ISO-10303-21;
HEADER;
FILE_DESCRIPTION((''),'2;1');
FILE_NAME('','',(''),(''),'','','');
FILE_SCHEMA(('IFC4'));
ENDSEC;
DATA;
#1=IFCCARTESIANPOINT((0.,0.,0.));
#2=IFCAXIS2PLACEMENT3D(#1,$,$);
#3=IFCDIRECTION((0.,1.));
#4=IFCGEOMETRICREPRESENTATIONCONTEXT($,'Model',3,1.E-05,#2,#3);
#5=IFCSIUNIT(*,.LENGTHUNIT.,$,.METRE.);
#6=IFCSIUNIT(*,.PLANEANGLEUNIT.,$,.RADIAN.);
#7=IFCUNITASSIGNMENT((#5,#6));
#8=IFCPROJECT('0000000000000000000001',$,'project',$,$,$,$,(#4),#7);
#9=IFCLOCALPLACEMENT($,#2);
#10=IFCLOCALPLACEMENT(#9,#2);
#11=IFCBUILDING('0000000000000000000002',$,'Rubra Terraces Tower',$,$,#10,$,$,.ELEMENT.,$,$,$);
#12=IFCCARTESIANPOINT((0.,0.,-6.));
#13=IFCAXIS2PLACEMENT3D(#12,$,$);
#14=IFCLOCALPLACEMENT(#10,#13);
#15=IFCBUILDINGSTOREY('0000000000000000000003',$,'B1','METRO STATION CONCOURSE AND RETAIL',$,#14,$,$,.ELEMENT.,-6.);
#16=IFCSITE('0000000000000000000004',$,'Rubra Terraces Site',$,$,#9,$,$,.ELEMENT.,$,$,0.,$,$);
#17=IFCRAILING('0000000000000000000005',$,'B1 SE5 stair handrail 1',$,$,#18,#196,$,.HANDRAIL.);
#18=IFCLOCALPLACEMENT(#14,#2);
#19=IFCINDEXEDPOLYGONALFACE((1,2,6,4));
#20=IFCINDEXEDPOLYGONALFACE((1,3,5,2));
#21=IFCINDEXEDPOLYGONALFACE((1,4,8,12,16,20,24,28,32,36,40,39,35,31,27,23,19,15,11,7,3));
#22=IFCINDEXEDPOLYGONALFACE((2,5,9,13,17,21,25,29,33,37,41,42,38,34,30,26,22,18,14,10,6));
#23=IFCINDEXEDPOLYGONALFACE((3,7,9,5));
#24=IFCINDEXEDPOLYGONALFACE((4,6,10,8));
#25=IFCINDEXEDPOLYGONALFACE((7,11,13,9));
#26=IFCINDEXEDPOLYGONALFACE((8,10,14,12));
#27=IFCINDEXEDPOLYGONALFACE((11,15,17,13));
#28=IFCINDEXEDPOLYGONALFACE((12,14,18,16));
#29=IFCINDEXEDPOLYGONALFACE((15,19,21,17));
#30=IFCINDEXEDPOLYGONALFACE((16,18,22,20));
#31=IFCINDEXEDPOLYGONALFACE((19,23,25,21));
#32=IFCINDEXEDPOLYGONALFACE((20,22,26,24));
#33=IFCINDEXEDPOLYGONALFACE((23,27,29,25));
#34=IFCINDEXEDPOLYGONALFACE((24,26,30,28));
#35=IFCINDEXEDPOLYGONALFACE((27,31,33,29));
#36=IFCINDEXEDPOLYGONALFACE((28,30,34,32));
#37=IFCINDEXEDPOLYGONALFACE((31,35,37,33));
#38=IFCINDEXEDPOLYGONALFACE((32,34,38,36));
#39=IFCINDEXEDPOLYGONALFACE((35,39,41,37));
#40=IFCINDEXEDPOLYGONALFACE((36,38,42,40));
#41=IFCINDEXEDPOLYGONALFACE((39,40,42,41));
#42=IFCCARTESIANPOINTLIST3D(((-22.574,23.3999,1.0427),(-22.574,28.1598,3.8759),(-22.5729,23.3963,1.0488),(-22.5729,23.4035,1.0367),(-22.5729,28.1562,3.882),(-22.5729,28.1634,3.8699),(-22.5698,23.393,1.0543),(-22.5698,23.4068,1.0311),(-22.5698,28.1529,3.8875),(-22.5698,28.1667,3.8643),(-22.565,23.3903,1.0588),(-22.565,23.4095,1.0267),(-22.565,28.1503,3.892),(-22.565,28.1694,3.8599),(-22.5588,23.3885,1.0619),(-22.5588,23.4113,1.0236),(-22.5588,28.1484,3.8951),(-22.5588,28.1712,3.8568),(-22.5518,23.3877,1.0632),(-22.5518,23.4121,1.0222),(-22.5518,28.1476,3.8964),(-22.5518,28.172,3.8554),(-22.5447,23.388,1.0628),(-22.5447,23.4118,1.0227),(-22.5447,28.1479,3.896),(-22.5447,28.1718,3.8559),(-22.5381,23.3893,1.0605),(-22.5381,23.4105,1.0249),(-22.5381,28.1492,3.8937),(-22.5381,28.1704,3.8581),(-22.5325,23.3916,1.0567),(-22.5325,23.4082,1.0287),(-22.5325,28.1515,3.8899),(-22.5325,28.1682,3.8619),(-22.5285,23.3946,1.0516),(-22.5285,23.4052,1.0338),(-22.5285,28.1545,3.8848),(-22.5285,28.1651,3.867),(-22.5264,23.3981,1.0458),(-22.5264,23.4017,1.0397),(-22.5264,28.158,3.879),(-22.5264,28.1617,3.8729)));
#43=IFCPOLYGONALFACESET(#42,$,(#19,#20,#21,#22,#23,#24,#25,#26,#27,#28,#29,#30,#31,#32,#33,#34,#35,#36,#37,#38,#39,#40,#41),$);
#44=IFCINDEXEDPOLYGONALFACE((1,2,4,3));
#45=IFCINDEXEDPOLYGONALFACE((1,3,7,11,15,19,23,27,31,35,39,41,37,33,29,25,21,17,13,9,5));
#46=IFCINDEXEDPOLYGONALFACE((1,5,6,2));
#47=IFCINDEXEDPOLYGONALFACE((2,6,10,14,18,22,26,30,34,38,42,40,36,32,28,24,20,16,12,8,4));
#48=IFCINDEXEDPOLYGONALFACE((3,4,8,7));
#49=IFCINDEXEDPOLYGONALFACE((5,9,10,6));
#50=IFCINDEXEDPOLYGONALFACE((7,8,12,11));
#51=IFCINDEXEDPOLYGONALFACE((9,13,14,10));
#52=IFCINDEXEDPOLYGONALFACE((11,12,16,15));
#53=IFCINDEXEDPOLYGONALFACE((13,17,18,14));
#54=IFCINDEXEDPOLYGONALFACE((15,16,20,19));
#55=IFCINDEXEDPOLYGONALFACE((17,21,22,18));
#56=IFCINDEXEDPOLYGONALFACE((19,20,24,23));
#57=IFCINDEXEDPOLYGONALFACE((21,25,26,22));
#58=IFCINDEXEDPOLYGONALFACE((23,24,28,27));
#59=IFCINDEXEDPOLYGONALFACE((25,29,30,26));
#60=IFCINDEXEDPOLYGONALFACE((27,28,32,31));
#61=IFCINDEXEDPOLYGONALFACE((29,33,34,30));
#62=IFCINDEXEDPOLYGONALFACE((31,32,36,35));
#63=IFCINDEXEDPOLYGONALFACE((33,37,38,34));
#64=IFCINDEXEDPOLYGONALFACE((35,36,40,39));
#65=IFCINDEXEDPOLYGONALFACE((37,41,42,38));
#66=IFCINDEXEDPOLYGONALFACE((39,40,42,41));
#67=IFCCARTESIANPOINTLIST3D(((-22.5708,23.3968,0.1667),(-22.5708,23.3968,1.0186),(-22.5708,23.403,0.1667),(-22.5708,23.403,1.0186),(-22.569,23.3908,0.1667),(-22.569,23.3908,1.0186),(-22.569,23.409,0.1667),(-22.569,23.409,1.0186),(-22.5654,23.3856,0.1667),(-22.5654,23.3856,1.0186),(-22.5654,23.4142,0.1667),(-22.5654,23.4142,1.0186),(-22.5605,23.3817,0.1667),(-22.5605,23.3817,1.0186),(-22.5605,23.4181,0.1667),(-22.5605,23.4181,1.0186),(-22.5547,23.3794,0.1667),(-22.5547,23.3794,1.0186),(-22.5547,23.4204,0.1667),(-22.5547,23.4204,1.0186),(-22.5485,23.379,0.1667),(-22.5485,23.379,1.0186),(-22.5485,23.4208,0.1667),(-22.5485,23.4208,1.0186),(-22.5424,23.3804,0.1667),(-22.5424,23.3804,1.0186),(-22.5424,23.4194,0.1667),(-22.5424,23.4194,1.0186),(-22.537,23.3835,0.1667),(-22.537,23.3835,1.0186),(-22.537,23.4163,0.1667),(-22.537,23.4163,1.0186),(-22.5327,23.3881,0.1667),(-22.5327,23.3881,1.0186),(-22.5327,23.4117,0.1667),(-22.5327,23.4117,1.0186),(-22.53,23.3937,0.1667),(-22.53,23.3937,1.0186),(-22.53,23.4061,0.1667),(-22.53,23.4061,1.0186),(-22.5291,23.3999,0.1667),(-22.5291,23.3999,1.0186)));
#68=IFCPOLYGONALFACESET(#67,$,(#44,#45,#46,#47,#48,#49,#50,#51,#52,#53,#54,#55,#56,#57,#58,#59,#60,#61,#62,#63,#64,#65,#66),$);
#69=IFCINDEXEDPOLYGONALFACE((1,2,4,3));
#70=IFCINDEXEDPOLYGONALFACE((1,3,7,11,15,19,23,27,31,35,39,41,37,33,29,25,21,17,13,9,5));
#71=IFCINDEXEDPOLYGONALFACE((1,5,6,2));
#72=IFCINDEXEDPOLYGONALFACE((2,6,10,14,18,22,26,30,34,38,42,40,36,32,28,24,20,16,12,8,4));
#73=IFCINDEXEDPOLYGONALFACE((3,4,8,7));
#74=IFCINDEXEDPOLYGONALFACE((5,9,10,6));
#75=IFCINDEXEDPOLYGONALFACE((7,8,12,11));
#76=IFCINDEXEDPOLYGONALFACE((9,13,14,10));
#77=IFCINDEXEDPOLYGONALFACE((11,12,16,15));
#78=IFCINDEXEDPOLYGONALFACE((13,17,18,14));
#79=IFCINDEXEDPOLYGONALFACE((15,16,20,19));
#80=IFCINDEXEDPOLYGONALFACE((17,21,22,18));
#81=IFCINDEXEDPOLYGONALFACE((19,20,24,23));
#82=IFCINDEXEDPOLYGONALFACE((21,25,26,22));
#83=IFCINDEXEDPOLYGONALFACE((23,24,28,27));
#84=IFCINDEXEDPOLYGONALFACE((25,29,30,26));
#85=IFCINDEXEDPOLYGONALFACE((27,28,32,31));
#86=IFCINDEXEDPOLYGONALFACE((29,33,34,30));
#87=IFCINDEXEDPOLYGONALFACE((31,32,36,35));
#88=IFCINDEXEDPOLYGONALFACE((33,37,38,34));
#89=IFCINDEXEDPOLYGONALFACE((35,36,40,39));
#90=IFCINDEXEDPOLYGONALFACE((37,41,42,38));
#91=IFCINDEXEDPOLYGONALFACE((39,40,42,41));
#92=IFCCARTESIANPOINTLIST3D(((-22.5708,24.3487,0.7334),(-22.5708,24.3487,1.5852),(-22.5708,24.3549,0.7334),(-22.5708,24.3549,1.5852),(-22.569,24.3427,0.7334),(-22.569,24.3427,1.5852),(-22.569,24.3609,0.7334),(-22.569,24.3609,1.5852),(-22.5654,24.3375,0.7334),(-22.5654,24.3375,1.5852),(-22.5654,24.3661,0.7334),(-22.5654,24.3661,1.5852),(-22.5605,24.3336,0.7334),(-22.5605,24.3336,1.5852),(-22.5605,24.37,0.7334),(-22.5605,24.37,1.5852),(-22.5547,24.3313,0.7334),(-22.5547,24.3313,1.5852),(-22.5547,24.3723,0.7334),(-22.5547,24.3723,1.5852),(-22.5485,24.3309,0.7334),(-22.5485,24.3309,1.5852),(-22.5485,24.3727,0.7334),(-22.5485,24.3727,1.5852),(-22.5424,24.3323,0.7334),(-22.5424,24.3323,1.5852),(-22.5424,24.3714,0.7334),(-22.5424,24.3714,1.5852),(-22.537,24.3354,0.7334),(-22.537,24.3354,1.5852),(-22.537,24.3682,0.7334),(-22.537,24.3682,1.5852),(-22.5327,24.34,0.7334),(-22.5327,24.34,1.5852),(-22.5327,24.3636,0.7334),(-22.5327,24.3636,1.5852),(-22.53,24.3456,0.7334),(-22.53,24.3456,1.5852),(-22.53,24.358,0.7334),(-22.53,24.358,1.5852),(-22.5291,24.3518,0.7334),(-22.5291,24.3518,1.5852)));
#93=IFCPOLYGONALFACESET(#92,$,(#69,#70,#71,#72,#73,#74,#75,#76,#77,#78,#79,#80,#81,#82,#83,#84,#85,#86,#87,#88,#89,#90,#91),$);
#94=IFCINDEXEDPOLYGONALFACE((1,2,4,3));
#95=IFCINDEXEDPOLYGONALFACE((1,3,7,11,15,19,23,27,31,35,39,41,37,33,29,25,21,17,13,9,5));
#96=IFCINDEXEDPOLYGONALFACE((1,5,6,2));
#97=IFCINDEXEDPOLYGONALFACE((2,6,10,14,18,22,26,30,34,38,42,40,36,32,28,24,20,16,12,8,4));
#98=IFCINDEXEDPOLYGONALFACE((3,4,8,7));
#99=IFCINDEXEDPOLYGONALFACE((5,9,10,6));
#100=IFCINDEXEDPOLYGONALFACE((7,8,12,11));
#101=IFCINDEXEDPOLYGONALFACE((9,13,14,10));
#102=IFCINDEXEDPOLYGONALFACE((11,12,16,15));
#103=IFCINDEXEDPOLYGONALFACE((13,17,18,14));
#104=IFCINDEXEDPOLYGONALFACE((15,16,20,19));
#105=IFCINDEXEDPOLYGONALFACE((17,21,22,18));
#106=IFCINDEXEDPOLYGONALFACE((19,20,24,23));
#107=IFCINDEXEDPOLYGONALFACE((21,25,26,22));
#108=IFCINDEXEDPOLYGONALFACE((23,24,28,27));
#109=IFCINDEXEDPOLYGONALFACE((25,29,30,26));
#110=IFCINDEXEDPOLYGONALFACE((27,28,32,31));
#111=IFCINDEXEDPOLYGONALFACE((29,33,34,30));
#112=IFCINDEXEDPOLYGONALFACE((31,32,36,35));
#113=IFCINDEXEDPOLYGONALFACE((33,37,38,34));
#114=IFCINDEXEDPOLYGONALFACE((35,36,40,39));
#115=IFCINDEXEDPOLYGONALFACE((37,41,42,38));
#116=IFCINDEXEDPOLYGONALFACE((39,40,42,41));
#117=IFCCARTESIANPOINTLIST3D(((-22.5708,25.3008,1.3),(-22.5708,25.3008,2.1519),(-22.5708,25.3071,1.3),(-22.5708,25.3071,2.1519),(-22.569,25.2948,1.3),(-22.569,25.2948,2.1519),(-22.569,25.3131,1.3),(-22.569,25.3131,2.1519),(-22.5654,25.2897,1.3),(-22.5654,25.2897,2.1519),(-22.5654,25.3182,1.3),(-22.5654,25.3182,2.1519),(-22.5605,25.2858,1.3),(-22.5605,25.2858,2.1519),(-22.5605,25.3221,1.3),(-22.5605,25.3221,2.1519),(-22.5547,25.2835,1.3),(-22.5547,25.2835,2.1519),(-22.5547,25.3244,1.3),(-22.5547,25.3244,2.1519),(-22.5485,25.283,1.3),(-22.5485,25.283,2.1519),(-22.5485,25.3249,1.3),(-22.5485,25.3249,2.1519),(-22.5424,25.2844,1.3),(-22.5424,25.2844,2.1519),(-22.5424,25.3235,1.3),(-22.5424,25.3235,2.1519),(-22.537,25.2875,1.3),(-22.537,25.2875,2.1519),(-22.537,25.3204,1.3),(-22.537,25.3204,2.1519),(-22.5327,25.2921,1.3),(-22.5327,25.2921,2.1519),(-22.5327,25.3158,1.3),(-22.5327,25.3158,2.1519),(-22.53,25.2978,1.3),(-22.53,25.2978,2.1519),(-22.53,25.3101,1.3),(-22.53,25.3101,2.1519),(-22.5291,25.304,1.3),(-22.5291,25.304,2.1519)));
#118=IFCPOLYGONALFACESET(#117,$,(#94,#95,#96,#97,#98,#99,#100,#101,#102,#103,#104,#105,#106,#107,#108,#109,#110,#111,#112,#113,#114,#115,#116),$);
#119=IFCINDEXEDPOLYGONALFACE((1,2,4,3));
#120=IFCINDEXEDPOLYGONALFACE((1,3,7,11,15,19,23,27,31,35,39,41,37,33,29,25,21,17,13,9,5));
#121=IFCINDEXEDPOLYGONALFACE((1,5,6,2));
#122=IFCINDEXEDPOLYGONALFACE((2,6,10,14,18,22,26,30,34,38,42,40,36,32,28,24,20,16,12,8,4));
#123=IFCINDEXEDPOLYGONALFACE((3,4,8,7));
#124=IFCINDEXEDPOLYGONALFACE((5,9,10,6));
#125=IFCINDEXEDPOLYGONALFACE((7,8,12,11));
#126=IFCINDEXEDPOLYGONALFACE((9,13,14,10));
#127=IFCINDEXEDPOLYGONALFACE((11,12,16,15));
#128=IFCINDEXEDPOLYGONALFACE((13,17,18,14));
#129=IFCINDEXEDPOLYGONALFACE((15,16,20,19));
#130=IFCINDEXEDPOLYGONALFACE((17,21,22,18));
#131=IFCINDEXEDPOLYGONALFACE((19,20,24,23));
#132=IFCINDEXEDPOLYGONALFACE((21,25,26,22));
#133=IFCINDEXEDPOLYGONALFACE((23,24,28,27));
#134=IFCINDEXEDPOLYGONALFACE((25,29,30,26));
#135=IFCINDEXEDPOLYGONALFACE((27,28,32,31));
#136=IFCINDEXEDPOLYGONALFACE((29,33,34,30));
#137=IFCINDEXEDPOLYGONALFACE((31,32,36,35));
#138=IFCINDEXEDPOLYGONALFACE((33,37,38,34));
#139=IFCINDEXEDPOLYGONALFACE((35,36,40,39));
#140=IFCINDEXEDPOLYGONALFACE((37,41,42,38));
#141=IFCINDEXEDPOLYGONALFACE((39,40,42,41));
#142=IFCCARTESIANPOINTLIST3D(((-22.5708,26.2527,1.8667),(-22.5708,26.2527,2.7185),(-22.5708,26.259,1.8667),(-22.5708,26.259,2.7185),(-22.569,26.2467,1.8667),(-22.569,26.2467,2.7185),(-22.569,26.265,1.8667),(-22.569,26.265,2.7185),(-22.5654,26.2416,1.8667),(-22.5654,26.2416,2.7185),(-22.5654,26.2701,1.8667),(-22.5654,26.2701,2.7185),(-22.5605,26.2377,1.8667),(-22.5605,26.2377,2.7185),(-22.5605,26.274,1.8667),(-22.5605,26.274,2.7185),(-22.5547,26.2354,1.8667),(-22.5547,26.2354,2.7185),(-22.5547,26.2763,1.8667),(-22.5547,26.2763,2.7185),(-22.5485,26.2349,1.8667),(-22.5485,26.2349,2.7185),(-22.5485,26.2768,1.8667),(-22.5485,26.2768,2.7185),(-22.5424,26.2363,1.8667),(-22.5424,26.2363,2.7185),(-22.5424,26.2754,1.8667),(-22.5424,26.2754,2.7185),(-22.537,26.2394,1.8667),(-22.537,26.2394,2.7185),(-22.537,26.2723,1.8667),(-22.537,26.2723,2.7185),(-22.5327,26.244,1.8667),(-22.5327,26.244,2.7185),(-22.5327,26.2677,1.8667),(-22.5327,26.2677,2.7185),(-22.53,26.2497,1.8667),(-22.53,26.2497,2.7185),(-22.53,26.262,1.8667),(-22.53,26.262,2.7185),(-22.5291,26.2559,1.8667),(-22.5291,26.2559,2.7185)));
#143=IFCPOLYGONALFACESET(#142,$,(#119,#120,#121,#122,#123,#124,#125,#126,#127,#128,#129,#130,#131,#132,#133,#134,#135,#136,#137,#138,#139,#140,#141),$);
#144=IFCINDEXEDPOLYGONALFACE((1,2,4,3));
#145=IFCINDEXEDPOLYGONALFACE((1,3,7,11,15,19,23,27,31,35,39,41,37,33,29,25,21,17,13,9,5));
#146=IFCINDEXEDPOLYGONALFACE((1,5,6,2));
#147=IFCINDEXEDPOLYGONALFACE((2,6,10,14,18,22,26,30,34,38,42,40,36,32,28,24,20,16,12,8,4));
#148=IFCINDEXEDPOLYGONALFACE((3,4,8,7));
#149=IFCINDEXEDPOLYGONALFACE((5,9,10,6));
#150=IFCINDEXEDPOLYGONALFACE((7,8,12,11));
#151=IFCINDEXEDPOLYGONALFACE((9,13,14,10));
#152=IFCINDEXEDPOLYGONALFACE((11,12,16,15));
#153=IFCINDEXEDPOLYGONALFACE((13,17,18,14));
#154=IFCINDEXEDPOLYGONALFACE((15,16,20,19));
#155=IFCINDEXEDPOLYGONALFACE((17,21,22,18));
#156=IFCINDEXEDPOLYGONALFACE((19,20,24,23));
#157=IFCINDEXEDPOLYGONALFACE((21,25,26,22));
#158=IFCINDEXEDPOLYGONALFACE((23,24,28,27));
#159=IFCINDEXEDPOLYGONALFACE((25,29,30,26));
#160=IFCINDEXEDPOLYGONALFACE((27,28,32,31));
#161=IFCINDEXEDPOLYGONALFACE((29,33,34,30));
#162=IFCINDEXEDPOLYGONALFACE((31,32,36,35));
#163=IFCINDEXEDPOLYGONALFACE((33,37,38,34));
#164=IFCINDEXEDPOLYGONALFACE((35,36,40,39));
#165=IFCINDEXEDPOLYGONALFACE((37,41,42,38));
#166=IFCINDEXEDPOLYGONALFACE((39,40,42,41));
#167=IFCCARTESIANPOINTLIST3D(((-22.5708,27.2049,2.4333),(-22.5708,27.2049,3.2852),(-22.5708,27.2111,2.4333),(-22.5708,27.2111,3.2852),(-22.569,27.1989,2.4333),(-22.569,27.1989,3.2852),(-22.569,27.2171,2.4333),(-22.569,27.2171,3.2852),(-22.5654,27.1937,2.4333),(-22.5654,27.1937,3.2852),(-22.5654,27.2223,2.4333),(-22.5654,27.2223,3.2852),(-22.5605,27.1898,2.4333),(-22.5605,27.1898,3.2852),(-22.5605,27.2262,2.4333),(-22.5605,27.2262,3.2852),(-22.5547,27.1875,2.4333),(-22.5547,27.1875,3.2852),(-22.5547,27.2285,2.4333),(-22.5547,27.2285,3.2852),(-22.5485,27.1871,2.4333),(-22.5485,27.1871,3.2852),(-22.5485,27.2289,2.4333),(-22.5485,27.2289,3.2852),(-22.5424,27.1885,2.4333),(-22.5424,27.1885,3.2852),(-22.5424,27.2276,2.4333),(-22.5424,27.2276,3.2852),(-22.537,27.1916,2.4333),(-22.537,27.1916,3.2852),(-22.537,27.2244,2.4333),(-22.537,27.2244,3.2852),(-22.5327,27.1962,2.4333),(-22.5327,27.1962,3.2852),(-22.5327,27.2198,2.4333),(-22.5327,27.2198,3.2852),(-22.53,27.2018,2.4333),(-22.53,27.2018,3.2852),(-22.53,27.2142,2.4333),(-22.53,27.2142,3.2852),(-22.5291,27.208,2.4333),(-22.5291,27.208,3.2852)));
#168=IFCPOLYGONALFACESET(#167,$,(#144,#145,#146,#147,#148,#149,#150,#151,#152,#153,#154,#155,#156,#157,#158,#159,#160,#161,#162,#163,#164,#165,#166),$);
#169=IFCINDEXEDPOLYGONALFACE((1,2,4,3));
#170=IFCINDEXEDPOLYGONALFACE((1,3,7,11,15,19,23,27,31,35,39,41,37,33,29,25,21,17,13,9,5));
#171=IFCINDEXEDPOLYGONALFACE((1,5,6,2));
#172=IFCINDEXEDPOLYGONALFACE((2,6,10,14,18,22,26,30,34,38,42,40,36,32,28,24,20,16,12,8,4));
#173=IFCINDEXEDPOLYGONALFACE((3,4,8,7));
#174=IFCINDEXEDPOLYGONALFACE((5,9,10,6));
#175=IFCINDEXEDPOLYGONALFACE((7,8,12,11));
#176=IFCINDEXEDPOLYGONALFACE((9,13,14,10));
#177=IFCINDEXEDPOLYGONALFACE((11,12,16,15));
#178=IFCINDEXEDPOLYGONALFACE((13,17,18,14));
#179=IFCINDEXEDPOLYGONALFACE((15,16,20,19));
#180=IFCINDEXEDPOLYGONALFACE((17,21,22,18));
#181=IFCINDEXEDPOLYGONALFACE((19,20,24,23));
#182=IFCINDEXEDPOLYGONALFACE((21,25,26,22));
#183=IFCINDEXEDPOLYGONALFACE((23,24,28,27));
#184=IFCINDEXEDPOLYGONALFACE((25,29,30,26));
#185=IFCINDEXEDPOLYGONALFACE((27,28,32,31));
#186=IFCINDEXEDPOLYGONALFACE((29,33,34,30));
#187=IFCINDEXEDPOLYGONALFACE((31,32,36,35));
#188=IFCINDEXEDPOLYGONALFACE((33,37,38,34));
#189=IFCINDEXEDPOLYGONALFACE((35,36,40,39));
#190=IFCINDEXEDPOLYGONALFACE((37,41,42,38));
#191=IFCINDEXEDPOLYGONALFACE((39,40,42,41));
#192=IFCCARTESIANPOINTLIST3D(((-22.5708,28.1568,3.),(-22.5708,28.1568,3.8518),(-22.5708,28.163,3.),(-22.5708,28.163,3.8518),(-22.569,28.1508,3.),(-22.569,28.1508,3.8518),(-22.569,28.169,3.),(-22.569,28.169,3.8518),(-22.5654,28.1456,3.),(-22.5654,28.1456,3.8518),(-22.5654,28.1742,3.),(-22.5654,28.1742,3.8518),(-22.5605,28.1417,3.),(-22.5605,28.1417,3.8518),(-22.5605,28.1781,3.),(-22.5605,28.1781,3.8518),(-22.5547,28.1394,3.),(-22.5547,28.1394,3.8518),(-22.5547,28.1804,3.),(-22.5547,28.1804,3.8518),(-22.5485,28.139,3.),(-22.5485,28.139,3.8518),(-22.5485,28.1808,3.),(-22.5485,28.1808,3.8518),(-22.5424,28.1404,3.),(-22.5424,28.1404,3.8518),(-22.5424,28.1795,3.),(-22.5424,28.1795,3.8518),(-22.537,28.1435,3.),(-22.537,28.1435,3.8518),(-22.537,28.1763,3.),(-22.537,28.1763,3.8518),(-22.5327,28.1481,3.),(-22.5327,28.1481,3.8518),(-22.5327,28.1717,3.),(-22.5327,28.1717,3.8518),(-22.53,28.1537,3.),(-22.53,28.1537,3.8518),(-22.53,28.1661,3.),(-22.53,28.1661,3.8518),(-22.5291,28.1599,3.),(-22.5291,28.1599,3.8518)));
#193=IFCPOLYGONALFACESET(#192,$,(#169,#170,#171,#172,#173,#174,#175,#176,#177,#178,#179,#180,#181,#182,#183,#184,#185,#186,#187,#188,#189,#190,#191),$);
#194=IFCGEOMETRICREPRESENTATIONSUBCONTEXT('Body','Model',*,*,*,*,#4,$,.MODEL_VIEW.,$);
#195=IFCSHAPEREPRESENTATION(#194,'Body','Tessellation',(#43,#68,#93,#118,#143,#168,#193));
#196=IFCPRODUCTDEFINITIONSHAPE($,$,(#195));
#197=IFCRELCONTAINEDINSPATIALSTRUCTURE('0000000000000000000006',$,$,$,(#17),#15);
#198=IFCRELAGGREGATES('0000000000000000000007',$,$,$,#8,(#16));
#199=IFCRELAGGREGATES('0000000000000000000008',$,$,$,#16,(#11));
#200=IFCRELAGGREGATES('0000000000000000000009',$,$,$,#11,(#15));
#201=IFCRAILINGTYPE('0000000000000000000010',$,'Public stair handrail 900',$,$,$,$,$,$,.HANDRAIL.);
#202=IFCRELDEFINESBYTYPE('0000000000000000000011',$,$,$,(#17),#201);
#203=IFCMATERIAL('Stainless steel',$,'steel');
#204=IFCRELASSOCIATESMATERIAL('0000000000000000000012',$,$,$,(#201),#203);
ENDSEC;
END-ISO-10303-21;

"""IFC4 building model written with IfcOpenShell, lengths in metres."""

from ifc_helpers import new_model, si_unit, direction, frame, origin, origin_2d, place, context, subcontext, project, spatial, circle, extrude, material, type_object, element, save


model = new_model("IFC4")

# Units and contexts
model_context = context("Model", 3, precision=1e-05, world=origin(), true_north=direction((0.0, 1.0)))
body_context = subcontext(model_context, "Body", "Model", "MODEL_VIEW")
ifc_project = project(units=[si_unit("LENGTHUNIT", "METRE"), si_unit("PLANEANGLEUNIT", "RADIAN")], contexts=[model_context])

# Site, building, storey
site_placement = place(None, origin())
site = spatial("IfcSite", under=ifc_project, at=site_placement, Name="Rubra Terraces Site", CompositionType="ELEMENT", RefElevation=0.0)
building_placement = place(site_placement, origin())
building = spatial("IfcBuilding", under=site, at=building_placement, Name="Rubra Terraces Tower", CompositionType="ELEMENT")
storey_placement = place(building_placement, frame((0.0, 0.0, -6.0)))
storey = spatial("IfcBuildingStorey", under=building, at=storey_placement, Name="B1", Description="METRO STATION CONCOURSE AND RETAIL", CompositionType="ELEMENT", Elevation=-6.0)

# Railing
ifc_material_1 = material(Name="Stainless steel", Category="steel")
railing_type_1 = type_object("IfcRailingType", Name="Public stair handrail 900", PredefinedType="HANDRAIL", material=ifc_material_1)
railing_1_placement = place(storey_placement, frame((-22.55, 23.3999, 0.1667)))
element("IfcRailing", 1, at=railing_1_placement, inside=storey, type_object=railing_type_1, Name="B1 SE5 stair handrail 1", PredefinedType="HANDRAIL", context=body_context, shape_type="SweptSolid", body=[
    extrude(circle(Radius=0.0239, at=origin_2d()), frame((0.0, 0.0, 0.876), z_axis=(0.0, 0.8593, 0.511472), x_axis=(-1.0, 0.0, 0.0)), (0.0, 0.0, 1.0), 5.5393),
    extrude(circle(Radius=0.021, at=origin_2d()), origin(), (0.0, 0.0, 1.0), 0.8518),
    extrude(circle(Radius=0.021, at=origin_2d()), frame((0.0, 0.9519, 0.5667)), (0.0, 0.0, 1.0), 0.8518),
    extrude(circle(Radius=0.021, at=origin_2d()), frame((0.0, 1.9041, 1.1333)), (0.0, 0.0, 1.0), 0.8518),
    extrude(circle(Radius=0.021, at=origin_2d()), frame((0.0, 2.856, 1.7)), (0.0, 0.0, 1.0), 0.8518),
    extrude(circle(Radius=0.021, at=origin_2d()), frame((0.0, 3.8081, 2.2666)), (0.0, 0.0, 1.0), 0.8518),
    extrude(circle(Radius=0.021, at=origin_2d()), frame((0.0, 4.76, 2.8333)), (0.0, 0.0, 1.0), 0.8518),
])

save(model, "model.ifc")
